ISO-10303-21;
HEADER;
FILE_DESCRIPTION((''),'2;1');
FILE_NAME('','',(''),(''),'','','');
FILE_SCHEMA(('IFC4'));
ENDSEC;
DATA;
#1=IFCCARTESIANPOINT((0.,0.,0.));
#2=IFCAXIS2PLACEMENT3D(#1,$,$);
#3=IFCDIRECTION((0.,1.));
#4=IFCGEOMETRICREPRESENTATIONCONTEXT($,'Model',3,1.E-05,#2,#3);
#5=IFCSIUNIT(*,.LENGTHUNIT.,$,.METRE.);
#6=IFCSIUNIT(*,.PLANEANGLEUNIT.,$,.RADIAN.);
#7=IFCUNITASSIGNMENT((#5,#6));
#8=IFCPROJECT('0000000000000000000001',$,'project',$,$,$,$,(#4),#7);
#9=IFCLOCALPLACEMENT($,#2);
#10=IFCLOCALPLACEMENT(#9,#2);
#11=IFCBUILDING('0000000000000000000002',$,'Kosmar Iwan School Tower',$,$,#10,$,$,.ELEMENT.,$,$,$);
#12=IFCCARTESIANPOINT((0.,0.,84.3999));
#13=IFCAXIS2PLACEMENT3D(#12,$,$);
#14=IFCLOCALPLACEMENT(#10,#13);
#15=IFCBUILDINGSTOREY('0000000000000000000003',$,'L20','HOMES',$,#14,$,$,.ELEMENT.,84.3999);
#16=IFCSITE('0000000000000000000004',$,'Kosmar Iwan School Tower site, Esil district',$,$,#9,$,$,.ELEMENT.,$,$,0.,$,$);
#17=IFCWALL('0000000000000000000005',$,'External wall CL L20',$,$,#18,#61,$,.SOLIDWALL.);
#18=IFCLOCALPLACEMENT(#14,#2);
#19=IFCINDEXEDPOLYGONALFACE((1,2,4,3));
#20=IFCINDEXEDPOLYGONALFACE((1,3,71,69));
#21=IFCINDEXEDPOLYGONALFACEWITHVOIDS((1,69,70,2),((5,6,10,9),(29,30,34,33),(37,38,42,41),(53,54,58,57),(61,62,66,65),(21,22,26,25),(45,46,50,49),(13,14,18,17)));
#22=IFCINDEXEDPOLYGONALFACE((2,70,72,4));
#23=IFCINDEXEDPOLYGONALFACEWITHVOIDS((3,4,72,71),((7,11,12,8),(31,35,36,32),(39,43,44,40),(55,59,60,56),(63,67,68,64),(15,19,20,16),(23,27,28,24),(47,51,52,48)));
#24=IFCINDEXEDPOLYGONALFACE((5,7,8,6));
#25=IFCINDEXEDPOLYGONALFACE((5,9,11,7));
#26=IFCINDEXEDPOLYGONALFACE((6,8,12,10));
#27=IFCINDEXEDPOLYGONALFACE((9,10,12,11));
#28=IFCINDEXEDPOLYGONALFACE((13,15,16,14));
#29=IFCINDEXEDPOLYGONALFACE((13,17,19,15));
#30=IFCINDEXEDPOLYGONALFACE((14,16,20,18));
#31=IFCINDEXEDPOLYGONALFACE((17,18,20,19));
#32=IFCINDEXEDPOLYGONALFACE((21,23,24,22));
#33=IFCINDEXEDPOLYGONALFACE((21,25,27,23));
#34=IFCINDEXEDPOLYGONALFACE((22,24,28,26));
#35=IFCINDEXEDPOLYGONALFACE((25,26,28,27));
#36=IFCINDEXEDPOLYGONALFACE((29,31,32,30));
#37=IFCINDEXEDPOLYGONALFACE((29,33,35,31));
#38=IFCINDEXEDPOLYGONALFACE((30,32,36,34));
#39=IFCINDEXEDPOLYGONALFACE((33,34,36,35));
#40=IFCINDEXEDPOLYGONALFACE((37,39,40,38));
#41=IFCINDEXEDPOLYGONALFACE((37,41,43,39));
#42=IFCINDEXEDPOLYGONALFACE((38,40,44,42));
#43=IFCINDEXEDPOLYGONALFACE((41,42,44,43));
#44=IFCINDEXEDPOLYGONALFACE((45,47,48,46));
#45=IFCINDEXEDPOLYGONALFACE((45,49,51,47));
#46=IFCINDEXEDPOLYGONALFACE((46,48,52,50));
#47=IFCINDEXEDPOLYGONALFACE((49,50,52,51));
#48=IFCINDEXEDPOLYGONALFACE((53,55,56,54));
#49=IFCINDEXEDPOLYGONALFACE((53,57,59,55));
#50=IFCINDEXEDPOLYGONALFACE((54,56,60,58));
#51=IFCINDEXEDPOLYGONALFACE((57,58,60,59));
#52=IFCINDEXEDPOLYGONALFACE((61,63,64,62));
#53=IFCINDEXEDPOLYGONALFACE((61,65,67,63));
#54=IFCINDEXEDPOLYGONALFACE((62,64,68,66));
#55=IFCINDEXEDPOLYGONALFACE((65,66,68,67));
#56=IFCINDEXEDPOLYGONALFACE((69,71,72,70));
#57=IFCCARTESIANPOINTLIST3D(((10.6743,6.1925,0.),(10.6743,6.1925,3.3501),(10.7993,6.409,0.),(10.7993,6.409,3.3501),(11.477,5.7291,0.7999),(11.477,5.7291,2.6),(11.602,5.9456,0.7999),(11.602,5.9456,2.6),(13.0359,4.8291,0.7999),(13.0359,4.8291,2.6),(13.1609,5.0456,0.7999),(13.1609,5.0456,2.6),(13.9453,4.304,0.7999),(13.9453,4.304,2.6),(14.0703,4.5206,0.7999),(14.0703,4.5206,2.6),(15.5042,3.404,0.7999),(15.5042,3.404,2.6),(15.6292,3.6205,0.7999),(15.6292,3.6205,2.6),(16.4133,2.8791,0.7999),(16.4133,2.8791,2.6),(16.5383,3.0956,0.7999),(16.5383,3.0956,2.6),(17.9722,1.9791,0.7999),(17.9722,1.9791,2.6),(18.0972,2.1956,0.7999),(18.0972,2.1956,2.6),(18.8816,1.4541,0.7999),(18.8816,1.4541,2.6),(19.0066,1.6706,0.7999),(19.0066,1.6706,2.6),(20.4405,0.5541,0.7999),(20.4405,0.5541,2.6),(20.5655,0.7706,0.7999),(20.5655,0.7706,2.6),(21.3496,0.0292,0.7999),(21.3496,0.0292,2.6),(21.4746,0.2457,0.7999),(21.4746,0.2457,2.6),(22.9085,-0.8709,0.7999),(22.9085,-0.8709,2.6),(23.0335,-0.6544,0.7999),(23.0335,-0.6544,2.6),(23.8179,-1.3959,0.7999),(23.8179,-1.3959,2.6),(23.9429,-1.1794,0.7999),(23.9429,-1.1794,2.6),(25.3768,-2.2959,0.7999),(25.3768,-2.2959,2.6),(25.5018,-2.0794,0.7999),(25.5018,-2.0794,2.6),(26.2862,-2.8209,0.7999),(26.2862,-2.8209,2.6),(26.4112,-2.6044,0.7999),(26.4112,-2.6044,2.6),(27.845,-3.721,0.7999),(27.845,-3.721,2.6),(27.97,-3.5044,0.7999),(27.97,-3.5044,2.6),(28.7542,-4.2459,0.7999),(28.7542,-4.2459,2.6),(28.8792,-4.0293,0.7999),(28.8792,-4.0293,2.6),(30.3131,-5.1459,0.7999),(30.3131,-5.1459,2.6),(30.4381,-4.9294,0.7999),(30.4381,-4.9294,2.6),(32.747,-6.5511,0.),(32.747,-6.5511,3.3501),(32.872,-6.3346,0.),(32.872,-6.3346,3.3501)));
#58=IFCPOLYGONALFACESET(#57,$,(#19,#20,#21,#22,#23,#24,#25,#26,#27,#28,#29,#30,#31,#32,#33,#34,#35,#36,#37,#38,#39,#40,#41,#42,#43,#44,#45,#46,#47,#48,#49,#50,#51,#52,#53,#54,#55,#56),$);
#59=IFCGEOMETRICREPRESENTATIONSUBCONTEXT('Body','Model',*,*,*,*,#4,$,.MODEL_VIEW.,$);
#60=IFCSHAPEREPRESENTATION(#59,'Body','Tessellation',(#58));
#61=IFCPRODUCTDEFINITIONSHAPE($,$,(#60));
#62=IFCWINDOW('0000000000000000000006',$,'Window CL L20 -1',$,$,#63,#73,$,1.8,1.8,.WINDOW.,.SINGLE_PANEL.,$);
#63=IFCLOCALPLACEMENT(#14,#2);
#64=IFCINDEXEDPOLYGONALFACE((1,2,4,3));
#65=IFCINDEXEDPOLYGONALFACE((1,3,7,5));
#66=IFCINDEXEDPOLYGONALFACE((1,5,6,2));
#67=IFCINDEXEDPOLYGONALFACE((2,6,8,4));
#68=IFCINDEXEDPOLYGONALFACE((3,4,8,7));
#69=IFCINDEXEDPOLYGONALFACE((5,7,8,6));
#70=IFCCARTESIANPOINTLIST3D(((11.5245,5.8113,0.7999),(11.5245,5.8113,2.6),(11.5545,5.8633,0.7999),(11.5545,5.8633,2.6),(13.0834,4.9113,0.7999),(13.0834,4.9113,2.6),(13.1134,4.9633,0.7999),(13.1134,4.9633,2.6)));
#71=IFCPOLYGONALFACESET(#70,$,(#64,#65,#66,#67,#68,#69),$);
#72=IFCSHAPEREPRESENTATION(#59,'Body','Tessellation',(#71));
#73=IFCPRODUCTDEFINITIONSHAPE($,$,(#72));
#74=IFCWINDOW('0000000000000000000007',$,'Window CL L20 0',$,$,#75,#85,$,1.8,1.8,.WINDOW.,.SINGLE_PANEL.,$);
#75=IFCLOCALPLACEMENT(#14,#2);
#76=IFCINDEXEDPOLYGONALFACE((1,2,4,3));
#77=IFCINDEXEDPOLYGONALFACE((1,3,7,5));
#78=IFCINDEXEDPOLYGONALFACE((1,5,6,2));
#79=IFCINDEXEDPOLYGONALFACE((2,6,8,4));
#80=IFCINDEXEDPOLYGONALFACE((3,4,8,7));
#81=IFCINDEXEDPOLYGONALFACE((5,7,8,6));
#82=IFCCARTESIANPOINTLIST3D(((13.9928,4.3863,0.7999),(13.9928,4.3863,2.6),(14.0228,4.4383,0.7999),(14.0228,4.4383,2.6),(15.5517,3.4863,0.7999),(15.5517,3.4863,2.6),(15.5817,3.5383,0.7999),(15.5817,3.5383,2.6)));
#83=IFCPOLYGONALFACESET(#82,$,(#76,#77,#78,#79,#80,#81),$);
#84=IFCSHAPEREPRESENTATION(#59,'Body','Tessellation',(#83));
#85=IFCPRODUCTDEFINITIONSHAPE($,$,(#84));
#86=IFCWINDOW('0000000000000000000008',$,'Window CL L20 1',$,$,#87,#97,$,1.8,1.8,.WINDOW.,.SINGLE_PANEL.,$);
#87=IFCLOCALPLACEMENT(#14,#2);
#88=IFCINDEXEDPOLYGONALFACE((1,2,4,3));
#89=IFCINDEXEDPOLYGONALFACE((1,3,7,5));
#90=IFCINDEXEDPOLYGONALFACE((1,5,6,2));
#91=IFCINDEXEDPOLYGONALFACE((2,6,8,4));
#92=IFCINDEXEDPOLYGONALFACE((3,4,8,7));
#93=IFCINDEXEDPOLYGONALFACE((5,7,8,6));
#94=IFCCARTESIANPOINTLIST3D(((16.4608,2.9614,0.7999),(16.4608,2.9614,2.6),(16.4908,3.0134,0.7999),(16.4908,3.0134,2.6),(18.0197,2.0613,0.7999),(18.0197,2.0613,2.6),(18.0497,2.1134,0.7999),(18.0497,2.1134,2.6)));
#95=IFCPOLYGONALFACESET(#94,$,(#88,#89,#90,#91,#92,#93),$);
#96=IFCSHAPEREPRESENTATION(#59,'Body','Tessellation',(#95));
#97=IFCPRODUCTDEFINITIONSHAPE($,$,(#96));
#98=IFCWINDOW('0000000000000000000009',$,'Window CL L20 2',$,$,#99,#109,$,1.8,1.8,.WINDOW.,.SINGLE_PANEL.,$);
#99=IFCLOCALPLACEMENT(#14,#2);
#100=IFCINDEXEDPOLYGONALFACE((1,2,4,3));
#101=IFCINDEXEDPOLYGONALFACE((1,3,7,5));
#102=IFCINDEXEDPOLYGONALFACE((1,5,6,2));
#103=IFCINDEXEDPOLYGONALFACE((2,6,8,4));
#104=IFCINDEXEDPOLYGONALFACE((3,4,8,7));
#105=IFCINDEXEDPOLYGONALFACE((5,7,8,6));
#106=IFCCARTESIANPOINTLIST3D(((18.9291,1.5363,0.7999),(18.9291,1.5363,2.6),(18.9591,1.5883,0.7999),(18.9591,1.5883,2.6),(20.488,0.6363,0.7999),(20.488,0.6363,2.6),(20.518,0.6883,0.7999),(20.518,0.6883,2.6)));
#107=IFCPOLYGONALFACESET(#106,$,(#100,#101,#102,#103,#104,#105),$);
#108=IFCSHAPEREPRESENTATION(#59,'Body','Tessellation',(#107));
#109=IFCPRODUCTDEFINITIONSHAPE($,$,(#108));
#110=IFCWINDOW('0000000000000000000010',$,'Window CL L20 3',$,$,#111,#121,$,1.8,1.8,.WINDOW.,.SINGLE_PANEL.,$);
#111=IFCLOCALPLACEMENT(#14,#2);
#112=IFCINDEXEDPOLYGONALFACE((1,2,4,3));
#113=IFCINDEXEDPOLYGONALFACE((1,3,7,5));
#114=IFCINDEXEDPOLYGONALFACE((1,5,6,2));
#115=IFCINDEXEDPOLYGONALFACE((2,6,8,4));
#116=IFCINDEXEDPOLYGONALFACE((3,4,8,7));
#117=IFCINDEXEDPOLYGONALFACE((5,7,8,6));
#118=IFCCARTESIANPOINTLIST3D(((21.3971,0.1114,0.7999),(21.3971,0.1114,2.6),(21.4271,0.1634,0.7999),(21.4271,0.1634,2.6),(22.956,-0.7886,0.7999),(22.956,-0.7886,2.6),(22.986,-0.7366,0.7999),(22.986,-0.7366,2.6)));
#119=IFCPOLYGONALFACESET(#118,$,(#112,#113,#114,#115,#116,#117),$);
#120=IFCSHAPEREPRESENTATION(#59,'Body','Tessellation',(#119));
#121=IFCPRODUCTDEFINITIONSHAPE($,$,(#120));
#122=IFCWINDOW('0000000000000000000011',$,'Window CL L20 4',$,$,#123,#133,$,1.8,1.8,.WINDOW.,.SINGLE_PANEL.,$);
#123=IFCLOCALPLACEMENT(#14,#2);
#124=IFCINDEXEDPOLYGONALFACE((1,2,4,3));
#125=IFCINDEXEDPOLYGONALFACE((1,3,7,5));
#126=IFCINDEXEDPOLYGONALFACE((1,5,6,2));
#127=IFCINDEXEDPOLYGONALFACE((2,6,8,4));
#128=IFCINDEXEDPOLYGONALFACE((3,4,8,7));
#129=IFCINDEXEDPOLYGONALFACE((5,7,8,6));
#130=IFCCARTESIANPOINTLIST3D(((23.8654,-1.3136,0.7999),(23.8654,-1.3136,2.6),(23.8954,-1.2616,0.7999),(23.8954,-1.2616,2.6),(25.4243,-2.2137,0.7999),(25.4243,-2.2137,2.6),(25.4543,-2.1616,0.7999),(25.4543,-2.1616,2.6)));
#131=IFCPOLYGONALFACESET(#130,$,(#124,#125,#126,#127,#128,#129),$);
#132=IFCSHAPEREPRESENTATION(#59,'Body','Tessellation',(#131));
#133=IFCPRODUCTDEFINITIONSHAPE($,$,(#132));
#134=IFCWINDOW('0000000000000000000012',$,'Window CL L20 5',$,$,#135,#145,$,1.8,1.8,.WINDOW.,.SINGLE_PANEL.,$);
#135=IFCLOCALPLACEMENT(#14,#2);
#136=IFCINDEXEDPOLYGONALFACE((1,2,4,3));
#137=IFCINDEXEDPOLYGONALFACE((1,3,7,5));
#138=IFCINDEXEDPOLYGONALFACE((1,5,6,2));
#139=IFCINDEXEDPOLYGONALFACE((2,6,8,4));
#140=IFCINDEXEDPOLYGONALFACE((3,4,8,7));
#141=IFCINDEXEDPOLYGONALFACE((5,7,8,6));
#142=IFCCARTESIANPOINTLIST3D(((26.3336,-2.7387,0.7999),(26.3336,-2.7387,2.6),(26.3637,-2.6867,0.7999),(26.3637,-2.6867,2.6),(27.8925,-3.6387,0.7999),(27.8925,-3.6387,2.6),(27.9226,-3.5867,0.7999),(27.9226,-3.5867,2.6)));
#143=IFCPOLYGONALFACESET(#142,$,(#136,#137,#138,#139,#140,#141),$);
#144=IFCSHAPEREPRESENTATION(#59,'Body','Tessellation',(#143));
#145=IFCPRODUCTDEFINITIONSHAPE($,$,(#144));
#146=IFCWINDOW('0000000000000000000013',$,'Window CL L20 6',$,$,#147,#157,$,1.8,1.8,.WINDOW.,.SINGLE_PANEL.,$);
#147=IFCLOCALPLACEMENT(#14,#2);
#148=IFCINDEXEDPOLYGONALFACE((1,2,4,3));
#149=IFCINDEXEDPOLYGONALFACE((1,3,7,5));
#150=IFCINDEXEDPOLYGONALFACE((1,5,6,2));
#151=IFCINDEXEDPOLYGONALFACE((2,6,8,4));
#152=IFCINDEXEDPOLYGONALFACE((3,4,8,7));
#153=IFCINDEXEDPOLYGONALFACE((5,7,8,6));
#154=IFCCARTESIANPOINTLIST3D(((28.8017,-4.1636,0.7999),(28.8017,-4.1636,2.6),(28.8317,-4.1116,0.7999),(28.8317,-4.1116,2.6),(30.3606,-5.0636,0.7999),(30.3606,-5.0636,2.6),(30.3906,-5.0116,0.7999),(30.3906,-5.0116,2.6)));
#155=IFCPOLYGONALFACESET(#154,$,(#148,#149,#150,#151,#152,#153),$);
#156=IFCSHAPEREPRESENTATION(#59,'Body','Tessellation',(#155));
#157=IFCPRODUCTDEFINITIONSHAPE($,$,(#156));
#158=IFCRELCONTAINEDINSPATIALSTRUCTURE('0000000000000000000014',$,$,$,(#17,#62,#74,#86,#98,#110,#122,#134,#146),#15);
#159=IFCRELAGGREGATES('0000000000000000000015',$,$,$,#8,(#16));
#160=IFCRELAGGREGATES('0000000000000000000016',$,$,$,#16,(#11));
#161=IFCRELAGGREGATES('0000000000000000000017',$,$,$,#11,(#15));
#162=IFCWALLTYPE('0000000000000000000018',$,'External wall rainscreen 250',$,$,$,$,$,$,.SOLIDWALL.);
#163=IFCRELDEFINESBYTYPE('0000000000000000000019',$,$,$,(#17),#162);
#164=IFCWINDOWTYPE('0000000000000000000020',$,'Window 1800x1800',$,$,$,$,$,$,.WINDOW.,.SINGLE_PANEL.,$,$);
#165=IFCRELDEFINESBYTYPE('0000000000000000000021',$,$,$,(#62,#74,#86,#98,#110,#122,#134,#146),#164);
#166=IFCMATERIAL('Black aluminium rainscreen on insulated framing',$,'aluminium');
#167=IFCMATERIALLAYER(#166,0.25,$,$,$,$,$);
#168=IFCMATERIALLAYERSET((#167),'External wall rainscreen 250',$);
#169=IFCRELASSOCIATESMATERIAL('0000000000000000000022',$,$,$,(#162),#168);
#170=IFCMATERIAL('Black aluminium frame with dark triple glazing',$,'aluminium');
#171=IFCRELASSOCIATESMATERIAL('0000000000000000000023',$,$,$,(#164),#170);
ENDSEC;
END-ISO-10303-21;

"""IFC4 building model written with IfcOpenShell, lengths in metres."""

from ifc_helpers import new_model, si_unit, direction, frame, frame_2d, origin, place, context, subcontext, project, spatial, rectangle, extrude, material, layer, layer_set, type_object, element, fill, save


model = new_model("IFC4")

# Units and contexts
model_context = context("Model", 3, precision=1e-05, world=origin(), true_north=direction((0.0, 1.0)))
body_context = subcontext(model_context, "Body", "Model", "MODEL_VIEW")
ifc_project = project(units=[si_unit("LENGTHUNIT", "METRE"), si_unit("PLANEANGLEUNIT", "RADIAN")], contexts=[model_context])

# Site, building, storey
site_placement = place(None, origin())
site = spatial("IfcSite", under=ifc_project, at=site_placement, Name="Kosmar Iwan School Tower site, Esil district", CompositionType="ELEMENT", RefElevation=0.0)
building_placement = place(site_placement, origin())
building = spatial("IfcBuilding", under=site, at=building_placement, Name="Kosmar Iwan School Tower", CompositionType="ELEMENT")
storey_placement = place(building_placement, frame((0.0, 0.0, 84.3999)))
storey = spatial("IfcBuildingStorey", under=building, at=storey_placement, Name="L20", Description="HOMES", CompositionType="ELEMENT", Elevation=84.3999)

# Wall, openings, windows
ifc_material_1 = material(Name="Black aluminium rainscreen on insulated framing", Category="aluminium")
ifc_layer = layer(ifc_material_1, 0.25)
ifc_layer_set = layer_set([ifc_layer], Name="External wall rainscreen 250")
wall_type = type_object("IfcWallType", Name="External wall rainscreen 250", PredefinedType="SOLIDWALL", material=ifc_layer_set)
wall_1_placement = place(storey_placement, frame((10.7368, 6.3008, 0.0), z_axis=(0.0, 0.0, 1.0), x_axis=(0.866026, -0.499998, 0.0)))
wall_1 = element("IfcWall", 1, at=wall_1_placement, inside=storey, type_object=wall_type, Name="External wall CL L20", PredefinedType="SOLIDWALL", context=body_context, shape_type="SweptSolid", body=[
    extrude(rectangle(XDim=25.4873, YDim=0.25, at=frame_2d((12.7437, 0.0))), origin(), (0.0, 0.0, 1.0), 3.3501),
])
opening_1_placement = place(wall_1_placement, frame((0.927, 0.0, 0.8)))
opening_1 = element("IfcOpeningElement", 2, at=opening_1_placement, cuts=wall_1, PredefinedType="OPENING", context=body_context, shape_type="SweptSolid", body=[
    extrude(rectangle(XDim=1.8, YDim=1.8, at=frame_2d((0.8999, 0.8999))), frame((0.0, 0.137, 0.0), z_axis=(0.0, -1.0, 0.0), x_axis=(1.0, 0.0, 0.0)), (0.0, 0.0, 1.0), 0.2739),
])
opening_2_placement = place(wall_1_placement, frame((3.7771, 0.0, 0.8)))
opening_2 = element("IfcOpeningElement", 3, at=opening_2_placement, cuts=wall_1, PredefinedType="OPENING", context=body_context, shape_type="SweptSolid", body=[
    extrude(rectangle(XDim=1.8, YDim=1.8, at=frame_2d((0.8999, 0.8999))), frame((0.0, 0.137, 0.0), z_axis=(0.0, -1.0, 0.0), x_axis=(1.0, 0.0, 0.0)), (0.0, 0.0, 1.0), 0.2739),
])
opening_3_placement = place(wall_1_placement, frame((6.627, 0.0, 0.8)))
opening_3 = element("IfcOpeningElement", 4, at=opening_3_placement, cuts=wall_1, PredefinedType="OPENING", context=body_context, shape_type="SweptSolid", body=[
    extrude(rectangle(XDim=1.8, YDim=1.8, at=frame_2d((0.8999, 0.8999))), frame((0.0, 0.137, 0.0), z_axis=(0.0, -1.0, 0.0), x_axis=(1.0, 0.0, 0.0)), (0.0, 0.0, 1.0), 0.2739),
])
opening_4_placement = place(wall_1_placement, frame((9.4771, 0.0, 0.8)))
opening_4 = element("IfcOpeningElement", 5, at=opening_4_placement, cuts=wall_1, PredefinedType="OPENING", context=body_context, shape_type="SweptSolid", body=[
    extrude(rectangle(XDim=1.8, YDim=1.8, at=frame_2d((0.8999, 0.8999))), frame((0.0, 0.137, 0.0), z_axis=(0.0, -1.0, 0.0), x_axis=(1.0, 0.0, 0.0)), (0.0, 0.0, 1.0), 0.2739),
])
opening_5_placement = place(wall_1_placement, frame((12.3269, 0.0, 0.8)))
opening_5 = element("IfcOpeningElement", 6, at=opening_5_placement, cuts=wall_1, PredefinedType="OPENING", context=body_context, shape_type="SweptSolid", body=[
    extrude(rectangle(XDim=1.8, YDim=1.8, at=frame_2d((0.8999, 0.8999))), frame((0.0, 0.137, 0.0), z_axis=(0.0, -1.0, 0.0), x_axis=(1.0, 0.0, 0.0)), (0.0, 0.0, 1.0), 0.2739),
])
opening_6_placement = place(wall_1_placement, frame((15.177, 0.0, 0.8)))
opening_6 = element("IfcOpeningElement", 7, at=opening_6_placement, cuts=wall_1, PredefinedType="OPENING", context=body_context, shape_type="SweptSolid", body=[
    extrude(rectangle(XDim=1.8, YDim=1.8, at=frame_2d((0.8999, 0.8999))), frame((0.0, 0.137, 0.0), z_axis=(0.0, -1.0, 0.0), x_axis=(1.0, 0.0, 0.0)), (0.0, 0.0, 1.0), 0.2739),
])
opening_7_placement = place(wall_1_placement, frame((18.0271, 0.0, 0.8)))
opening_7 = element("IfcOpeningElement", 8, at=opening_7_placement, cuts=wall_1, PredefinedType="OPENING", context=body_context, shape_type="SweptSolid", body=[
    extrude(rectangle(XDim=1.8, YDim=1.8, at=frame_2d((0.8999, 0.8999))), frame((0.0, 0.137, 0.0), z_axis=(0.0, -1.0, 0.0), x_axis=(1.0, 0.0, 0.0)), (0.0, 0.0, 1.0), 0.2739),
])
opening_8_placement = place(wall_1_placement, frame((20.877, 0.0, 0.8)))
opening_8 = element("IfcOpeningElement", 9, at=opening_8_placement, cuts=wall_1, PredefinedType="OPENING", context=body_context, shape_type="SweptSolid", body=[
    extrude(rectangle(XDim=1.8, YDim=1.8, at=frame_2d((0.8999, 0.8999))), frame((0.0, 0.137, 0.0), z_axis=(0.0, -1.0, 0.0), x_axis=(1.0, 0.0, 0.0)), (0.0, 0.0, 1.0), 0.2739),
])
ifc_material_2 = material(Name="Black aluminium frame with dark triple glazing", Category="aluminium")
window_type = type_object("IfcWindowType", Name="Window 1800x1800", PartitioningType="SINGLE_PANEL", PredefinedType="WINDOW", material=ifc_material_2)
window_1_placement = place(opening_1_placement, origin())
window_1 = element("IfcWindow", 10, at=window_1_placement, inside=storey, type_object=window_type, Name="Window CL L20 -1", OverallHeight=1.8, OverallWidth=1.8, PartitioningType="SINGLE_PANEL", PredefinedType="WINDOW", context=body_context, shape_type="SweptSolid", body=[
    extrude(rectangle(XDim=1.8, YDim=1.8, at=frame_2d((0.8999, 0.8999))), frame((0.0, 0.03, 0.0), z_axis=(0.0, -1.0, 0.0), x_axis=(1.0, 0.0, 0.0)), (0.0, 0.0, 1.0), 0.0601),
])
fill(opening_1, window_1)
window_2_placement = place(opening_2_placement, origin())
window_2 = element("IfcWindow", 11, at=window_2_placement, inside=storey, type_object=window_type, Name="Window CL L20 0", OverallHeight=1.8, OverallWidth=1.8, PartitioningType="SINGLE_PANEL", PredefinedType="WINDOW", context=body_context, shape_type="SweptSolid", body=[
    extrude(rectangle(XDim=1.8, YDim=1.8, at=frame_2d((0.8999, 0.8999))), frame((0.0, 0.03, 0.0), z_axis=(0.0, -1.0, 0.0), x_axis=(1.0, 0.0, 0.0)), (0.0, 0.0, 1.0), 0.0601),
])
fill(opening_2, window_2)
window_3_placement = place(opening_3_placement, origin())
window_3 = element("IfcWindow", 12, at=window_3_placement, inside=storey, type_object=window_type, Name="Window CL L20 1", OverallHeight=1.8, OverallWidth=1.8, PartitioningType="SINGLE_PANEL", PredefinedType="WINDOW", context=body_context, shape_type="SweptSolid", body=[
    extrude(rectangle(XDim=1.8, YDim=1.8, at=frame_2d((0.8999, 0.8999))), frame((0.0, 0.03, 0.0), z_axis=(0.0, -1.0, 0.0), x_axis=(1.0, 0.0, 0.0)), (0.0, 0.0, 1.0), 0.0601),
])
fill(opening_3, window_3)
window_4_placement = place(opening_4_placement, origin())
window_4 = element("IfcWindow", 13, at=window_4_placement, inside=storey, type_object=window_type, Name="Window CL L20 2", OverallHeight=1.8, OverallWidth=1.8, PartitioningType="SINGLE_PANEL", PredefinedType="WINDOW", context=body_context, shape_type="SweptSolid", body=[
    extrude(rectangle(XDim=1.8, YDim=1.8, at=frame_2d((0.8999, 0.8999))), frame((0.0, 0.03, 0.0), z_axis=(0.0, -1.0, 0.0), x_axis=(1.0, 0.0, 0.0)), (0.0, 0.0, 1.0), 0.0601),
])
fill(opening_4, window_4)
window_5_placement = place(opening_5_placement, origin())
window_5 = element("IfcWindow", 14, at=window_5_placement, inside=storey, type_object=window_type, Name="Window CL L20 3", OverallHeight=1.8, OverallWidth=1.8, PartitioningType="SINGLE_PANEL", PredefinedType="WINDOW", context=body_context, shape_type="SweptSolid", body=[
    extrude(rectangle(XDim=1.8, YDim=1.8, at=frame_2d((0.8999, 0.8999))), frame((0.0, 0.03, 0.0), z_axis=(0.0, -1.0, 0.0), x_axis=(1.0, 0.0, 0.0)), (0.0, 0.0, 1.0), 0.0601),
])
fill(opening_5, window_5)
window_6_placement = place(opening_6_placement, origin())
window_6 = element("IfcWindow", 15, at=window_6_placement, inside=storey, type_object=window_type, Name="Window CL L20 4", OverallHeight=1.8, OverallWidth=1.8, PartitioningType="SINGLE_PANEL", PredefinedType="WINDOW", context=body_context, shape_type="SweptSolid", body=[
    extrude(rectangle(XDim=1.8, YDim=1.8, at=frame_2d((0.8999, 0.8999))), frame((0.0, 0.03, 0.0), z_axis=(0.0, -1.0, 0.0), x_axis=(1.0, 0.0, 0.0)), (0.0, 0.0, 1.0), 0.0601),
])
fill(opening_6, window_6)
window_7_placement = place(opening_7_placement, origin())
window_7 = element("IfcWindow", 16, at=window_7_placement, inside=storey, type_object=window_type, Name="Window CL L20 5", OverallHeight=1.8, OverallWidth=1.8, PartitioningType="SINGLE_PANEL", PredefinedType="WINDOW", context=body_context, shape_type="SweptSolid", body=[
    extrude(rectangle(XDim=1.8, YDim=1.8, at=frame_2d((0.8999, 0.8999))), frame((0.0, 0.03, 0.0), z_axis=(0.0, -1.0, 0.0), x_axis=(1.0, 0.0, 0.0)), (0.0, 0.0, 1.0), 0.0601),
])
fill(opening_7, window_7)
window_8_placement = place(opening_8_placement, origin())
window_8 = element("IfcWindow", 17, at=window_8_placement, inside=storey, type_object=window_type, Name="Window CL L20 6", OverallHeight=1.8, OverallWidth=1.8, PartitioningType="SINGLE_PANEL", PredefinedType="WINDOW", context=body_context, shape_type="SweptSolid", body=[
    extrude(rectangle(XDim=1.8, YDim=1.8, at=frame_2d((0.8999, 0.8999))), frame((0.0, 0.03, 0.0), z_axis=(0.0, -1.0, 0.0), x_axis=(1.0, 0.0, 0.0)), (0.0, 0.0, 1.0), 0.0601),
])
fill(opening_8, window_8)

save(model, "model.ifc")
